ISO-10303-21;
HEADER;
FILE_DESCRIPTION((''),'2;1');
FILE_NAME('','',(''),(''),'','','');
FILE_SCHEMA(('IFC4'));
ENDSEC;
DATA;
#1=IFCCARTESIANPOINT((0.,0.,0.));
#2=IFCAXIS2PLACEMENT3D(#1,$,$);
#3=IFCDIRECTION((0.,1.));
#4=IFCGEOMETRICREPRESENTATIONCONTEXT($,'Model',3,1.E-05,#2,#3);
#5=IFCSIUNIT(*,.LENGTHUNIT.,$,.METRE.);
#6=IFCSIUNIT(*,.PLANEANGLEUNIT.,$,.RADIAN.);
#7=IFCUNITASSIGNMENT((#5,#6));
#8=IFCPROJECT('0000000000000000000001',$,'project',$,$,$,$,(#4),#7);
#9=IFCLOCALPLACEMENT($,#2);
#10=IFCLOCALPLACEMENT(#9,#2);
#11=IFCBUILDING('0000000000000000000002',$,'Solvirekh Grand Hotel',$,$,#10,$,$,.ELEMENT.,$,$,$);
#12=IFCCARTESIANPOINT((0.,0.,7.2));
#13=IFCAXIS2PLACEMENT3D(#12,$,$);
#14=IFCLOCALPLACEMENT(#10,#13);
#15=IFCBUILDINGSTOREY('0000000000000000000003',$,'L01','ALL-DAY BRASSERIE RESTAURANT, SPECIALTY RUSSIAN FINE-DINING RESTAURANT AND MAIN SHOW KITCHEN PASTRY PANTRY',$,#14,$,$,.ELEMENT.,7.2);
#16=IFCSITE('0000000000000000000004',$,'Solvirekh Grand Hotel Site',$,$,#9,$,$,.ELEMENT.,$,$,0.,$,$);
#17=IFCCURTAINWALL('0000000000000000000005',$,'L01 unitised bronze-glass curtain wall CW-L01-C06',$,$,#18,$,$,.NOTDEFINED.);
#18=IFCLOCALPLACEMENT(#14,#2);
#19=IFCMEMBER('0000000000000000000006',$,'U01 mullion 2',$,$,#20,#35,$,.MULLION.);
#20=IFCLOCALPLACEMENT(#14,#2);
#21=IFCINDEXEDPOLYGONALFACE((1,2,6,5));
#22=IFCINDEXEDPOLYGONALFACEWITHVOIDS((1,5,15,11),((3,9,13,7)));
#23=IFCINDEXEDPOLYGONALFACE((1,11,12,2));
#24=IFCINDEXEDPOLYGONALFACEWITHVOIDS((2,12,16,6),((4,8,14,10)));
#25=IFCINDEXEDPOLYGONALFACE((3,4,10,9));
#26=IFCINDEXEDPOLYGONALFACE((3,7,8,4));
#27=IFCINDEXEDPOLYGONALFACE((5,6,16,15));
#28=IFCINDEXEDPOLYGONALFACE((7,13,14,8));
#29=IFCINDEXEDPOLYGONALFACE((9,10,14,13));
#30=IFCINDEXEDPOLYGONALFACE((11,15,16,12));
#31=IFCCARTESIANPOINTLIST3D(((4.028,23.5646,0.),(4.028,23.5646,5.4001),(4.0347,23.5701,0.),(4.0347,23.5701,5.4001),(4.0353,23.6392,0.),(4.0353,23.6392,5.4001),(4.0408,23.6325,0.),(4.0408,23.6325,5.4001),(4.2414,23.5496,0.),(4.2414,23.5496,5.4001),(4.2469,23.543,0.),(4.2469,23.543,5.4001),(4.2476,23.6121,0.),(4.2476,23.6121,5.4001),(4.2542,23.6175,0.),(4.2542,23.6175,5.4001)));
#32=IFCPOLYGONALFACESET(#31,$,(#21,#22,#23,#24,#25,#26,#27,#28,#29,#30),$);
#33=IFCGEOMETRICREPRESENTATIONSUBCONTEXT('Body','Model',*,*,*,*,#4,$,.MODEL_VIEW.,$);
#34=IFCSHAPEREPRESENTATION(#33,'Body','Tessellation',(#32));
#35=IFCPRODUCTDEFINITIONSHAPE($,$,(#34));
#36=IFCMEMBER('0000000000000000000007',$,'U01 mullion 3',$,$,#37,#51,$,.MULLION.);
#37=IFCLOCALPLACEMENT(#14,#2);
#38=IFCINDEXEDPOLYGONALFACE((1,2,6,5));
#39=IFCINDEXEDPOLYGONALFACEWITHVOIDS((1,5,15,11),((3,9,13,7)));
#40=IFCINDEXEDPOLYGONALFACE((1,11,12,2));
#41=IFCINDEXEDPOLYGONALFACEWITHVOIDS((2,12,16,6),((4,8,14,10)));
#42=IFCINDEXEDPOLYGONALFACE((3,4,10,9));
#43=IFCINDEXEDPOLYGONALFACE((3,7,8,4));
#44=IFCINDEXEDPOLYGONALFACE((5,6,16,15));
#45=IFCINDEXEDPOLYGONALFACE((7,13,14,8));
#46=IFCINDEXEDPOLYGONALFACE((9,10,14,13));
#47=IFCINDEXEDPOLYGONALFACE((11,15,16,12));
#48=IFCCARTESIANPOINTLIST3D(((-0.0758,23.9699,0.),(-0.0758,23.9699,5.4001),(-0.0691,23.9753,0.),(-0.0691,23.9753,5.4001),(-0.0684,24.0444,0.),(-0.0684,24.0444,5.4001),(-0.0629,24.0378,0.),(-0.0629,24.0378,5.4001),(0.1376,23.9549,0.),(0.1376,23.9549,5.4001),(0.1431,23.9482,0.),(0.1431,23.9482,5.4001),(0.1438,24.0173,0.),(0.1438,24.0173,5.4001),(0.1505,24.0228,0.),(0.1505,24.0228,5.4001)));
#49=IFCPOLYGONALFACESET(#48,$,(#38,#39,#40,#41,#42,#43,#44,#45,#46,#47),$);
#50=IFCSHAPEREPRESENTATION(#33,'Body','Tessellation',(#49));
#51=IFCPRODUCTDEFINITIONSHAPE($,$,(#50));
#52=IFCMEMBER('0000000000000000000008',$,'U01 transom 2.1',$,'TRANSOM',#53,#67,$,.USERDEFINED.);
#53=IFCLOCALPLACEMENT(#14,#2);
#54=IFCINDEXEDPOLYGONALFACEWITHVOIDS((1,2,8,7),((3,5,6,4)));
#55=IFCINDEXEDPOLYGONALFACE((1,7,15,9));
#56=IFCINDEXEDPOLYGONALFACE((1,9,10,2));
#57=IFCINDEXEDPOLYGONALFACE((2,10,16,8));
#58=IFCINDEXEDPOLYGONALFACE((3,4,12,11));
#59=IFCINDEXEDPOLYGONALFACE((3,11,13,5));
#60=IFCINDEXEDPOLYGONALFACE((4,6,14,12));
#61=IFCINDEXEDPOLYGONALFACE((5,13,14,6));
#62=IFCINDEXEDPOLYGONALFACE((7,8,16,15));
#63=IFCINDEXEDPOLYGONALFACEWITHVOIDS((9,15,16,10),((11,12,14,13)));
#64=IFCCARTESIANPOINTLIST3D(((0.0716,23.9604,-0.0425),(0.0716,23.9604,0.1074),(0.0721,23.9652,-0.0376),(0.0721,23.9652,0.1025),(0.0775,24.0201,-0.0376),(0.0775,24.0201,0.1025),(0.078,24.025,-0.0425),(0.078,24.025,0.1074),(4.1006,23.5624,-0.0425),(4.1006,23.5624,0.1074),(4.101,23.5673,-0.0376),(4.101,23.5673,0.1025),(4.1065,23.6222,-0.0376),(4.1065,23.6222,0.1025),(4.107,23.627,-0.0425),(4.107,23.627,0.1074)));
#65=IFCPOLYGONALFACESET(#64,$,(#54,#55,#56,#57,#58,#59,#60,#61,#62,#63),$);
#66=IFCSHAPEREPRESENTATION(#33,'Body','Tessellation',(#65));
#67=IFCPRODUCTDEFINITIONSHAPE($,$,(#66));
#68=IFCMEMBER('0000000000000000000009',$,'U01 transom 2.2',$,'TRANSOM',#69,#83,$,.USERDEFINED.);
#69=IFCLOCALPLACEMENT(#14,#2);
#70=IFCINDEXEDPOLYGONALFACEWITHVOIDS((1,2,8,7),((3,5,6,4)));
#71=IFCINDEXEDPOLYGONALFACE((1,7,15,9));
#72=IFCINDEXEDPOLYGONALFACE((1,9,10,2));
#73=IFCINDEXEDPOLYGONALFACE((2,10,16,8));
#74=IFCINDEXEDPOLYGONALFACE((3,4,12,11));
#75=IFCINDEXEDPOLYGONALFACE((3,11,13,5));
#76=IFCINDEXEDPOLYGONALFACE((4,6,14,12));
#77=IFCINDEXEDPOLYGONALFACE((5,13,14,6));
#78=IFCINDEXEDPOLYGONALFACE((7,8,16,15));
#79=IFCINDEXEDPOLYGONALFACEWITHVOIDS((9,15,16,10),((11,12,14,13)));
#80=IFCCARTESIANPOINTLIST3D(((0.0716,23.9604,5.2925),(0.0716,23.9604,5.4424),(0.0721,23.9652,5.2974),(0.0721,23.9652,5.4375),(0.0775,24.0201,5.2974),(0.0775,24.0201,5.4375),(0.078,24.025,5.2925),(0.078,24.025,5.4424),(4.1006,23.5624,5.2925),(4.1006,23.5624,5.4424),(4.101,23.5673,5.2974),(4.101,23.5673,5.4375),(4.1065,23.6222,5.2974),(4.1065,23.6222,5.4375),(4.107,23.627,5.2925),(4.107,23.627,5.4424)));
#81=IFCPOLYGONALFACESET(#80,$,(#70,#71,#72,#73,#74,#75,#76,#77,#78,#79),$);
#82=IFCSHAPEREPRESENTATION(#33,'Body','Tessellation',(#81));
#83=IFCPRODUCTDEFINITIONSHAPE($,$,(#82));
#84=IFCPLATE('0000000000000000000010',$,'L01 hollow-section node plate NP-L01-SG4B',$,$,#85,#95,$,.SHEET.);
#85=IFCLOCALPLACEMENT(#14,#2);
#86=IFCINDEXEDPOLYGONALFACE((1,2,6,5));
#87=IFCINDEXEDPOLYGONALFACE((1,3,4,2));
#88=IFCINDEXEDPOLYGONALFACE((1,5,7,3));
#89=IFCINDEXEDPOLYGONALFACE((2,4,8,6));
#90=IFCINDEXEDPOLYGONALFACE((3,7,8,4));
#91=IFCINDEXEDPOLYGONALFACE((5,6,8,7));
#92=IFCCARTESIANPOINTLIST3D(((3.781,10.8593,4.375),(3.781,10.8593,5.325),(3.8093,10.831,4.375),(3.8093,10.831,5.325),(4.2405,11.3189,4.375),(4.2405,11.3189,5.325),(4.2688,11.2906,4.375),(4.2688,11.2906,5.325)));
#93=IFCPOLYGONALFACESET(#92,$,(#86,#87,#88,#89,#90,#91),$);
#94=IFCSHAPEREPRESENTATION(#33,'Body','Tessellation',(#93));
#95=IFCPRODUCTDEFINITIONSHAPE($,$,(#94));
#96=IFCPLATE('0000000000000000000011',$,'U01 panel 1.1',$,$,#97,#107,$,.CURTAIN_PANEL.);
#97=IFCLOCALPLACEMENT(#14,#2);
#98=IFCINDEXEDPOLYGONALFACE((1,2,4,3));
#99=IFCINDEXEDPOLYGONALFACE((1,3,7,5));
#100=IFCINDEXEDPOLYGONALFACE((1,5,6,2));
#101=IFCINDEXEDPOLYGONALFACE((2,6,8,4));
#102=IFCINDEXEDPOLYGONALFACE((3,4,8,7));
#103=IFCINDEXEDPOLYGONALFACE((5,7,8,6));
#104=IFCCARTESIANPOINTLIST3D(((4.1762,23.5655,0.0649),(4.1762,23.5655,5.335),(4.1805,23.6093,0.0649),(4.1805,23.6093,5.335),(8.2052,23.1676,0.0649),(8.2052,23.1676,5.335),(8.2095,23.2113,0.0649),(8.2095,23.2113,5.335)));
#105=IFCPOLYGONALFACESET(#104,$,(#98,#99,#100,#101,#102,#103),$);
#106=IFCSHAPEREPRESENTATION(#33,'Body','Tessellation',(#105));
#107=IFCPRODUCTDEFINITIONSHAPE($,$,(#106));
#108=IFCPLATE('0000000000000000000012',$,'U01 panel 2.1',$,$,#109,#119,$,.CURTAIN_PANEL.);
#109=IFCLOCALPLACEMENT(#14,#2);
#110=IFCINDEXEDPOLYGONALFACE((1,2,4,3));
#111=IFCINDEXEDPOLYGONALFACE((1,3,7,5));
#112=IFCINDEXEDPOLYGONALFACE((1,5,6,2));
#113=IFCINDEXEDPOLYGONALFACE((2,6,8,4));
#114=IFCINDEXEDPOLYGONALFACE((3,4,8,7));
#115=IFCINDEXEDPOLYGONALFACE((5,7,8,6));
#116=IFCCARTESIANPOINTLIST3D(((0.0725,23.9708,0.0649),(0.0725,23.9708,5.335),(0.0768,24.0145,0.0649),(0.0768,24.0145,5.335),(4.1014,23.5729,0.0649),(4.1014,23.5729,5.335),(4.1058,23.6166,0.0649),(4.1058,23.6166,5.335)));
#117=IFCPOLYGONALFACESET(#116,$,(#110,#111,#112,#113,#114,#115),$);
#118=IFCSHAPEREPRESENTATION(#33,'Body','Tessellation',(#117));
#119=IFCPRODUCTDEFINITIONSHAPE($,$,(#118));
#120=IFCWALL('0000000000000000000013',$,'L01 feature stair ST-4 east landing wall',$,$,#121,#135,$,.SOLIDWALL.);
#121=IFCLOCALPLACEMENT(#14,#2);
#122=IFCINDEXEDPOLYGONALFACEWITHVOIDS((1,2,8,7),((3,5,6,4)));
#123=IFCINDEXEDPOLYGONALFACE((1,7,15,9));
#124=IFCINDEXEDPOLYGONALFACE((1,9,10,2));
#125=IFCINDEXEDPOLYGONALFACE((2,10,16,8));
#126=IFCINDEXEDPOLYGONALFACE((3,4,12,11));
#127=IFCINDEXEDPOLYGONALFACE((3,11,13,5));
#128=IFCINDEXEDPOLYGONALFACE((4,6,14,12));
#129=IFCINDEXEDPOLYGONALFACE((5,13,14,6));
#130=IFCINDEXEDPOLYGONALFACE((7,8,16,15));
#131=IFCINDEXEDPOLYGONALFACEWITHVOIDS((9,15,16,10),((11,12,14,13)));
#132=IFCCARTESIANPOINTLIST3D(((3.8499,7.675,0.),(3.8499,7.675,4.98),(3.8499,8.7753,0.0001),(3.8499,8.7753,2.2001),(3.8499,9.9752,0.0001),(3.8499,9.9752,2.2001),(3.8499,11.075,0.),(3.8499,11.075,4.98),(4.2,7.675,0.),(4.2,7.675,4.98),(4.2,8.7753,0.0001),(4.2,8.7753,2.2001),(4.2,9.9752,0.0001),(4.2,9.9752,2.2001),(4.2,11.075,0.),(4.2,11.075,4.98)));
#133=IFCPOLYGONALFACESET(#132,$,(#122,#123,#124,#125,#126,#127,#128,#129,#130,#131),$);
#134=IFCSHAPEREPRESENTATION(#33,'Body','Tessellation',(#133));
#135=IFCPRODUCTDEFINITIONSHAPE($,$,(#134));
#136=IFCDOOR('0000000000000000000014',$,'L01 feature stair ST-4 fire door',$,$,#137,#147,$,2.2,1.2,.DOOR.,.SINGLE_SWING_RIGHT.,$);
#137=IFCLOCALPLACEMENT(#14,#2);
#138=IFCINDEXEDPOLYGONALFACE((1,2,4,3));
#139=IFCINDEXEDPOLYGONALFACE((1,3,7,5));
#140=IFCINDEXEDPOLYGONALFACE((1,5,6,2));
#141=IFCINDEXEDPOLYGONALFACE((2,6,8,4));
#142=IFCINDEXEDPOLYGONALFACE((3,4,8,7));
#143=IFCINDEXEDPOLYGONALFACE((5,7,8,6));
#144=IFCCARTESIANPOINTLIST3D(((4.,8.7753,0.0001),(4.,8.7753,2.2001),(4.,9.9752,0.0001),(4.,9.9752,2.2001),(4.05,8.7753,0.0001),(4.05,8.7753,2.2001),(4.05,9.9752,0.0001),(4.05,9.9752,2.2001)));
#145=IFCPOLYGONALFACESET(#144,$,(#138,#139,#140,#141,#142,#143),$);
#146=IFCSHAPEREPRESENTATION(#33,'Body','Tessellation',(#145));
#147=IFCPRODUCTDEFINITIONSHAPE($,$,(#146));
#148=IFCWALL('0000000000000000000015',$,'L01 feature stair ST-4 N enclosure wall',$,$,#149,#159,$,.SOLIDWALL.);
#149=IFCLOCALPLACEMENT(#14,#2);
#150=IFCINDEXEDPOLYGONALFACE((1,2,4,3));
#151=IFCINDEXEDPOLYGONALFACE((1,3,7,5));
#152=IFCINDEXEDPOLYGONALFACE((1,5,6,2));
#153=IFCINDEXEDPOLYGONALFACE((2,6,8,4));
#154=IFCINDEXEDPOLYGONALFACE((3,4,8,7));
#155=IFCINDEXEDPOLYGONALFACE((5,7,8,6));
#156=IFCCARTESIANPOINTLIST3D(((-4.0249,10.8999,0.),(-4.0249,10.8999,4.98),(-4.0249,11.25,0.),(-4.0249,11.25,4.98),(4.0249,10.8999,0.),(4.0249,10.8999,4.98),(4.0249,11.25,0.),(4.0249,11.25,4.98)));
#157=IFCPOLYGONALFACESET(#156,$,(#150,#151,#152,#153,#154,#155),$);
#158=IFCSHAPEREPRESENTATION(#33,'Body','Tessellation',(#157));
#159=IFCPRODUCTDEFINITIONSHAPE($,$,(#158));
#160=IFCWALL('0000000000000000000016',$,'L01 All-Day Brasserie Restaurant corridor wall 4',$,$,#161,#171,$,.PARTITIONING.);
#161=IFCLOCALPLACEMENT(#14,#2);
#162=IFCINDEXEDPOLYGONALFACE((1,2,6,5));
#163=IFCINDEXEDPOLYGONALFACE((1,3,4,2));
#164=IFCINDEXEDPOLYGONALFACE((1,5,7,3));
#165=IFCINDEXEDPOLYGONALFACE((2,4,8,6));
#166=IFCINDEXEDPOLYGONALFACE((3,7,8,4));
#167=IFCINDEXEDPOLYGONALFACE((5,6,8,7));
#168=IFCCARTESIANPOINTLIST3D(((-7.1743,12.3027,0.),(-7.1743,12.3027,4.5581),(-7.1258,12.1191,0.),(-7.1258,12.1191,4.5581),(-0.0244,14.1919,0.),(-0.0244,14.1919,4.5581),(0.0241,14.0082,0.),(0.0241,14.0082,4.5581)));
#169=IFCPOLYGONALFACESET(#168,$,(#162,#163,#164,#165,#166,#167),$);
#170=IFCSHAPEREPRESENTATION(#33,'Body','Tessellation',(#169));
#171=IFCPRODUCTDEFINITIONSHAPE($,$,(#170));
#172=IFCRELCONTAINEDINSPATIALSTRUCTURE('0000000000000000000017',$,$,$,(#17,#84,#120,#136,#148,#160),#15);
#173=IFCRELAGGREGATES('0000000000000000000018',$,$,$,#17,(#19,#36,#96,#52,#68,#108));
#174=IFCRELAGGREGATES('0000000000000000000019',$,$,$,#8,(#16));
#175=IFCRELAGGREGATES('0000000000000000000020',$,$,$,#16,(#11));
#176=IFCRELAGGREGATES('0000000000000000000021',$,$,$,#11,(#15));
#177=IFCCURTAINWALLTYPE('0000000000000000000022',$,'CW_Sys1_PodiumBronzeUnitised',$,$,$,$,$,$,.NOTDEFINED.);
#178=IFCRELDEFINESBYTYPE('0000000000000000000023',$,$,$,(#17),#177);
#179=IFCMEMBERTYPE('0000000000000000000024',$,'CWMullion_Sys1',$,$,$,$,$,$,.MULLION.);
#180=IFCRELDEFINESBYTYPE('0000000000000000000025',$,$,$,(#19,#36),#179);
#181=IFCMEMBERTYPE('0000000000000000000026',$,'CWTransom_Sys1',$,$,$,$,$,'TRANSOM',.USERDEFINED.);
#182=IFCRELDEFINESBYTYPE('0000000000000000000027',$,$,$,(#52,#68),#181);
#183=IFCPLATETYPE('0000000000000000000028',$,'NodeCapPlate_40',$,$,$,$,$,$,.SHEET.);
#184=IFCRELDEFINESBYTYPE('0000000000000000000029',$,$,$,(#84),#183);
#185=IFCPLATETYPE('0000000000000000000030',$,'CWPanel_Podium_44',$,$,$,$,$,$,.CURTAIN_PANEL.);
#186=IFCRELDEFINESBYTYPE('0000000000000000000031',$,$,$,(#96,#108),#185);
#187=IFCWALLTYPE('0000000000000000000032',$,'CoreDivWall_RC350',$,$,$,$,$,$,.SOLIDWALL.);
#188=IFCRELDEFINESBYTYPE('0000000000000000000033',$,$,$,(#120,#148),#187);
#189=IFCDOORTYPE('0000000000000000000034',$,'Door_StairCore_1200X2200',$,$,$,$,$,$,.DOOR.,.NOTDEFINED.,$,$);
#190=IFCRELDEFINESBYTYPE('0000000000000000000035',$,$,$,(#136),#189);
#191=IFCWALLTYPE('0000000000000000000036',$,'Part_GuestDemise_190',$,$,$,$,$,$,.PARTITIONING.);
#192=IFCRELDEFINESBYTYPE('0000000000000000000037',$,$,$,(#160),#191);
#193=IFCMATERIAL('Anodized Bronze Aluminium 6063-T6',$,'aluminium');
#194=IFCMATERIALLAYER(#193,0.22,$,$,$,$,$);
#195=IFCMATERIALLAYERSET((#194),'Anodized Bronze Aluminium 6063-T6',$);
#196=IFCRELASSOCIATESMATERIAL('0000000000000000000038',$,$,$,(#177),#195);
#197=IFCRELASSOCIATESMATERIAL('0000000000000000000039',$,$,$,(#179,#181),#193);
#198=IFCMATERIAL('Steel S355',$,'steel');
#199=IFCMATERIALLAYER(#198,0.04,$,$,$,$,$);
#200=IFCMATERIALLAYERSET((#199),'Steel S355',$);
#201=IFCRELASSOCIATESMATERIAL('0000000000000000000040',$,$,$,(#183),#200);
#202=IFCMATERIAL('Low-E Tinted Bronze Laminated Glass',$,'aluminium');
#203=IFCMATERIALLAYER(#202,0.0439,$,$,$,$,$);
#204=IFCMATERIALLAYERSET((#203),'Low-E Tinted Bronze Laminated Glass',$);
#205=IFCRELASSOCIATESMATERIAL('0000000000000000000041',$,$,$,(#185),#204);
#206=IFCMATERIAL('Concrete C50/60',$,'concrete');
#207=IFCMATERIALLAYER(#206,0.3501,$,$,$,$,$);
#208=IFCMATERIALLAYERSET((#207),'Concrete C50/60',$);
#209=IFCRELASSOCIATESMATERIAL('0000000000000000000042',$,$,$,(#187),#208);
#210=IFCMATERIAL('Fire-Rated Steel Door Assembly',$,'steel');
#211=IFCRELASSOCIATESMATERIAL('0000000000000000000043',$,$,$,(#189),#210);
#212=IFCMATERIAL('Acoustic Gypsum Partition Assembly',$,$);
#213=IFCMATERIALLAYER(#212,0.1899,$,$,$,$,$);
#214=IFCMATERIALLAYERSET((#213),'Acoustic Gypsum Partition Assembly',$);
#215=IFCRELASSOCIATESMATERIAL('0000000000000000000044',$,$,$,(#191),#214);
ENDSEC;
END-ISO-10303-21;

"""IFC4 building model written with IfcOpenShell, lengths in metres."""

from ifc_helpers import new_model, si_unit, direction, frame, frame_2d, origin, origin_2d, place, context, subcontext, project, spatial, rectangle, hollow_rectangle, extrude, source, transform, mapped, material, layer, layer_set, material_profile, profile_set, type_object, element, fill, aggregate, save


model = new_model("IFC4")

# Units and contexts
model_context = context("Model", 3, precision=1e-05, world=origin(), true_north=direction((0.0, 1.0)))
body_context = subcontext(model_context, "Body", "Model", "MODEL_VIEW")
ifc_project = project(units=[si_unit("LENGTHUNIT", "METRE"), si_unit("PLANEANGLEUNIT", "RADIAN")], contexts=[model_context])

# Site, building, storey
site_placement = place(None, origin())
site = spatial("IfcSite", under=ifc_project, at=site_placement, Name="Solvirekh Grand Hotel Site", CompositionType="ELEMENT", RefElevation=0.0)
building_placement = place(site_placement, origin())
building = spatial("IfcBuilding", under=site, at=building_placement, Name="Solvirekh Grand Hotel", CompositionType="ELEMENT")
storey_placement = place(building_placement, frame((0.0, 0.0, 7.2)))
storey = spatial("IfcBuildingStorey", under=building, at=storey_placement, Name="L01", Description="ALL-DAY BRASSERIE RESTAURANT, SPECIALTY RUSSIAN FINE-DINING RESTAURANT AND MAIN SHOW KITCHEN PASTRY PANTRY", CompositionType="ELEMENT", Elevation=7.2)

# Shared definitions
ifc_material_1 = material(Name="Steel S355", Category="steel")

# Curtain wall, members
ifc_material_2 = material(Name="Anodized Bronze Aluminium 6063-T6", Category="aluminium")
ifc_layer_1 = layer(ifc_material_2, 0.22)
ifc_layer_set_1 = layer_set([ifc_layer_1], Name="Anodized Bronze Aluminium 6063-T6")
curtain_wall_type = type_object("IfcCurtainWallType", Name="CW_Sys1_PodiumBronzeUnitised", PredefinedType="NOTDEFINED", material=ifc_layer_set_1)
curtain_wall_placement = place(storey_placement, origin())
curtain_wall = element("IfcCurtainWall", 1, at=curtain_wall_placement, inside=storey, type_object=curtain_wall_type, Name="L01 unitised bronze-glass curtain wall CW-L01-C06", PredefinedType="NOTDEFINED")
ifc_material_profile_1 = material_profile(ifc_material_2, hollow_rectangle(XDim=0.075, YDim=0.22, WallThickness=0.0061, at=origin_2d()), Name="ALU RHS 220X75X6")
ifc_profile_set_1 = profile_set([ifc_material_profile_1], Name="Anodized Bronze Aluminium 6063-T6")
member_type_1 = type_object("IfcMemberType", Name="CWMullion_Sys1", PredefinedType="MULLION", material=ifc_profile_set_1)
shared_shape_1 = source(origin(), body_context, "Body", "SweptSolid", [
    extrude(hollow_rectangle(XDim=0.075, YDim=0.22, WallThickness=0.0061, at=origin_2d()), origin(), (0.0, 0.0, 1.0), 5.4001),
])
member_1_placement = place(storey_placement, frame((4.1411, 23.5911, 0.0), z_axis=(0.0, 0.0, 1.0), x_axis=(-0.09829, -0.995158, 0.0)))
member_1 = element("IfcMember", 2, at=member_1_placement, type_object=member_type_1, Name="U01 mullion 2", PredefinedType="MULLION", context=body_context, shape_type="MappedRepresentation", body=[
    mapped(shared_shape_1, transform((0.0, 0.0, 0.0), x_axis=(1.0, 0.0, 0.0), y_axis=(0.0, 1.0, 0.0), z_axis=(0.0, 0.0, 1.0), scale=1.0)),
])
member_2_placement = place(storey_placement, frame((0.0374, 23.9963, 0.0), z_axis=(0.0, 0.0, 1.0), x_axis=(-0.09829, -0.995158, 0.0)))
member_2 = element("IfcMember", 3, at=member_2_placement, type_object=member_type_1, Name="U01 mullion 3", PredefinedType="MULLION", context=body_context, shape_type="MappedRepresentation", body=[
    mapped(shared_shape_1, transform((0.0, 0.0, 0.0), x_axis=(1.0, 0.0, 0.0), y_axis=(0.0, 1.0, 0.0), z_axis=(0.0, 0.0, 1.0), scale=1.0)),
])
ifc_material_profile_2 = material_profile(ifc_material_2, hollow_rectangle(XDim=0.0649, YDim=0.1499, WallThickness=0.0049, at=origin_2d()), Name="ALU RHS 150X65X5")
ifc_profile_set_2 = profile_set([ifc_material_profile_2], Name="Anodized Bronze Aluminium 6063-T6")
member_type_2 = type_object("IfcMemberType", Name="CWTransom_Sys1", ElementType="TRANSOM", PredefinedType="USERDEFINED", material=ifc_profile_set_2)
shared_shape_2 = source(origin(), body_context, "Body", "SweptSolid", [
    extrude(hollow_rectangle(XDim=0.0649, YDim=0.1499, WallThickness=0.0049, at=origin_2d()), origin(), (0.0, 0.0, 1.0), 4.0486),
])
member_3_placement = place(storey_placement, frame((4.1038, 23.5947, 0.0325), z_axis=(-0.995158, 0.098292, 0.0), x_axis=(-0.098292, -0.995158, 0.0)))
member_3 = element("IfcMember", 4, at=member_3_placement, type_object=member_type_2, Name="U01 transom 2.1", ObjectType="TRANSOM", PredefinedType="USERDEFINED", context=body_context, shape_type="MappedRepresentation", body=[
    mapped(shared_shape_2, transform((0.0, 0.0, 0.0), x_axis=(1.0, 0.0, 0.0), y_axis=(0.0, 1.0, 0.0), z_axis=(0.0, 0.0, 1.0), scale=1.0)),
])
member_4_placement = place(storey_placement, frame((4.1038, 23.5947, 5.3674), z_axis=(-0.995158, 0.098292, 0.0), x_axis=(-0.098292, -0.995158, 0.0)))
member_4 = element("IfcMember", 5, at=member_4_placement, type_object=member_type_2, Name="U01 transom 2.2", ObjectType="TRANSOM", PredefinedType="USERDEFINED", context=body_context, shape_type="MappedRepresentation", body=[
    mapped(shared_shape_2, transform((0.0, 0.0, 0.0), x_axis=(1.0, 0.0, 0.0), y_axis=(0.0, 1.0, 0.0), z_axis=(0.0, 0.0, 1.0), scale=1.0)),
])

# Plates
ifc_layer_2 = layer(ifc_material_1, 0.04)
ifc_layer_set_2 = layer_set([ifc_layer_2], Name="Steel S355")
plate_type_1 = type_object("IfcPlateType", Name="NodeCapPlate_40", PredefinedType="SHEET", material=ifc_layer_set_2)
plate_1_placement = place(storey_placement, frame((4.0249, 11.075, 4.375), z_axis=(0.0, 0.0, 1.0), x_axis=(-0.707107, 0.707107, 0.0)))
element("IfcPlate", 6, at=plate_1_placement, inside=storey, type_object=plate_type_1, Name="L01 hollow-section node plate NP-L01-SG4B", PredefinedType="SHEET", context=body_context, shape_type="SweptSolid", body=[
    extrude(rectangle(XDim=0.04, YDim=0.6499, at=origin_2d()), origin(), (0.0, 0.0, 1.0), 0.95),
])
ifc_material_3 = material(Name="Low-E Tinted Bronze Laminated Glass", Category="aluminium")
ifc_layer_3 = layer(ifc_material_3, 0.0439)
ifc_layer_set_3 = layer_set([ifc_layer_3], Name="Low-E Tinted Bronze Laminated Glass")
plate_type_2 = type_object("IfcPlateType", Name="CWPanel_Podium_44", PredefinedType="CURTAIN_PANEL", material=ifc_layer_set_3)
shared_shape_3 = source(origin(), body_context, "Body", "SweptSolid", [
    extrude(rectangle(XDim=4.0486, YDim=0.0439, at=origin_2d()), origin(), (0.0, 0.0, 1.0), 5.27),
])
plate_2_placement = place(storey_placement, frame((6.1929, 23.3884, 0.0649), z_axis=(0.0, 0.0, 1.0), x_axis=(-0.995158, 0.09829, 0.0)))
plate_2 = element("IfcPlate", 7, at=plate_2_placement, type_object=plate_type_2, Name="U01 panel 1.1", PredefinedType="CURTAIN_PANEL", context=body_context, shape_type="MappedRepresentation", body=[
    mapped(shared_shape_3, transform((0.0, 0.0, 0.0), x_axis=(1.0, 0.0, 0.0), y_axis=(0.0, 1.0, 0.0), z_axis=(0.0, 0.0, 1.0), scale=1.0)),
])
plate_3_placement = place(storey_placement, frame((2.0891, 23.7937, 0.0649), z_axis=(0.0, 0.0, 1.0), x_axis=(-0.995158, 0.09829, 0.0)))
plate_3 = element("IfcPlate", 8, at=plate_3_placement, type_object=plate_type_2, Name="U01 panel 2.1", PredefinedType="CURTAIN_PANEL", context=body_context, shape_type="MappedRepresentation", body=[
    mapped(shared_shape_3, transform((0.0, 0.0, 0.0), x_axis=(1.0, 0.0, 0.0), y_axis=(0.0, 1.0, 0.0), z_axis=(0.0, 0.0, 1.0), scale=1.0)),
])
aggregate(curtain_wall, [member_1, member_2, plate_2, member_3, member_4, plate_3])

# Wall, opening, door
ifc_material_4 = material(Name="Concrete C50/60", Category="concrete")
ifc_layer_4 = layer(ifc_material_4, 0.3501)
ifc_layer_set_4 = layer_set([ifc_layer_4], Name="Concrete C50/60")
wall_type_1 = type_object("IfcWallType", Name="CoreDivWall_RC350", PredefinedType="SOLIDWALL", material=ifc_layer_set_4)
wall_1_placement = place(storey_placement, frame((4.0249, 7.675, 0.0), z_axis=(0.0, 0.0, 1.0), x_axis=(0.0, 1.0, 0.0)))
wall_1 = element("IfcWall", 9, at=wall_1_placement, inside=storey, type_object=wall_type_1, Name="L01 feature stair ST-4 east landing wall", PredefinedType="SOLIDWALL", context=body_context, shape_type="SweptSolid", body=[
    extrude(rectangle(XDim=3.3999, YDim=0.3501, at=frame_2d((1.7, 0.0))), origin(), (0.0, 0.0, 1.0), 4.98),
])
opening_placement = place(wall_1_placement, frame((1.1001, 0.0, 0.0)))
opening = element("IfcOpeningElement", 10, at=opening_placement, cuts=wall_1, PredefinedType="OPENING", context=body_context, shape_type="SweptSolid", body=[
    extrude(rectangle(XDim=1.2, YDim=2.2, at=frame_2d((0.6001, 1.1001))), frame((0.0, 0.1851, 0.0), z_axis=(0.0, -1.0, 0.0), x_axis=(1.0, 0.0, 0.0)), (0.0, 0.0, 1.0), 0.3701),
])
ifc_material_5 = material(Name="Fire-Rated Steel Door Assembly", Category="steel")
door_type = type_object("IfcDoorType", Name="Door_StairCore_1200X2200", OperationType="NOTDEFINED", PredefinedType="DOOR", material=ifc_material_5)
door_placement = place(opening_placement, origin())
door = element("IfcDoor", 11, at=door_placement, inside=storey, type_object=door_type, Name="L01 feature stair ST-4 fire door", OperationType="SINGLE_SWING_RIGHT", OverallHeight=2.2, OverallWidth=1.2, PredefinedType="DOOR", context=body_context, shape_type="SweptSolid", body=[
    extrude(rectangle(XDim=1.2, YDim=2.2, at=frame_2d((0.6001, 1.1001))), frame((0.0, 0.0249, 0.0), z_axis=(0.0, -1.0, 0.0), x_axis=(1.0, 0.0, 0.0)), (0.0, 0.0, 1.0), 0.05),
])
fill(opening, door)

# Walls
wall_2_placement = place(storey_placement, frame((4.0249, 11.075, 0.0), z_axis=(0.0, 0.0, 1.0), x_axis=(-1.0, 0.0, 0.0)))
element("IfcWall", 12, at=wall_2_placement, inside=storey, type_object=wall_type_1, Name="L01 feature stair ST-4 N enclosure wall", PredefinedType="SOLIDWALL", context=body_context, shape_type="SweptSolid", body=[
    extrude(rectangle(XDim=8.0498, YDim=0.3501, at=frame_2d((4.0249, 0.0))), origin(), (0.0, 0.0, 1.0), 4.98),
])
ifc_material_6 = material(Name="Acoustic Gypsum Partition Assembly")
ifc_layer_5 = layer(ifc_material_6, 0.1899)
ifc_layer_set_5 = layer_set([ifc_layer_5], Name="Acoustic Gypsum Partition Assembly")
wall_type_2 = type_object("IfcWallType", Name="Part_GuestDemise_190", PredefinedType="PARTITIONING", material=ifc_layer_set_5)
wall_3_placement = place(storey_placement, frame((0.0, 14.1001, 0.0), z_axis=(0.0, 0.0, 1.0), x_axis=(-0.966821, -0.255455, 0.0)))
element("IfcWall", 13, at=wall_3_placement, inside=storey, type_object=wall_type_2, Name="L01 All-Day Brasserie Restaurant corridor wall 4", PredefinedType="PARTITIONING", context=body_context, shape_type="SweptSolid", body=[
    extrude(rectangle(XDim=7.3953, YDim=0.1899, at=frame_2d((3.6978, 0.0))), origin(), (0.0, 0.0, 1.0), 4.5581),
])

save(model, "model.ifc")
